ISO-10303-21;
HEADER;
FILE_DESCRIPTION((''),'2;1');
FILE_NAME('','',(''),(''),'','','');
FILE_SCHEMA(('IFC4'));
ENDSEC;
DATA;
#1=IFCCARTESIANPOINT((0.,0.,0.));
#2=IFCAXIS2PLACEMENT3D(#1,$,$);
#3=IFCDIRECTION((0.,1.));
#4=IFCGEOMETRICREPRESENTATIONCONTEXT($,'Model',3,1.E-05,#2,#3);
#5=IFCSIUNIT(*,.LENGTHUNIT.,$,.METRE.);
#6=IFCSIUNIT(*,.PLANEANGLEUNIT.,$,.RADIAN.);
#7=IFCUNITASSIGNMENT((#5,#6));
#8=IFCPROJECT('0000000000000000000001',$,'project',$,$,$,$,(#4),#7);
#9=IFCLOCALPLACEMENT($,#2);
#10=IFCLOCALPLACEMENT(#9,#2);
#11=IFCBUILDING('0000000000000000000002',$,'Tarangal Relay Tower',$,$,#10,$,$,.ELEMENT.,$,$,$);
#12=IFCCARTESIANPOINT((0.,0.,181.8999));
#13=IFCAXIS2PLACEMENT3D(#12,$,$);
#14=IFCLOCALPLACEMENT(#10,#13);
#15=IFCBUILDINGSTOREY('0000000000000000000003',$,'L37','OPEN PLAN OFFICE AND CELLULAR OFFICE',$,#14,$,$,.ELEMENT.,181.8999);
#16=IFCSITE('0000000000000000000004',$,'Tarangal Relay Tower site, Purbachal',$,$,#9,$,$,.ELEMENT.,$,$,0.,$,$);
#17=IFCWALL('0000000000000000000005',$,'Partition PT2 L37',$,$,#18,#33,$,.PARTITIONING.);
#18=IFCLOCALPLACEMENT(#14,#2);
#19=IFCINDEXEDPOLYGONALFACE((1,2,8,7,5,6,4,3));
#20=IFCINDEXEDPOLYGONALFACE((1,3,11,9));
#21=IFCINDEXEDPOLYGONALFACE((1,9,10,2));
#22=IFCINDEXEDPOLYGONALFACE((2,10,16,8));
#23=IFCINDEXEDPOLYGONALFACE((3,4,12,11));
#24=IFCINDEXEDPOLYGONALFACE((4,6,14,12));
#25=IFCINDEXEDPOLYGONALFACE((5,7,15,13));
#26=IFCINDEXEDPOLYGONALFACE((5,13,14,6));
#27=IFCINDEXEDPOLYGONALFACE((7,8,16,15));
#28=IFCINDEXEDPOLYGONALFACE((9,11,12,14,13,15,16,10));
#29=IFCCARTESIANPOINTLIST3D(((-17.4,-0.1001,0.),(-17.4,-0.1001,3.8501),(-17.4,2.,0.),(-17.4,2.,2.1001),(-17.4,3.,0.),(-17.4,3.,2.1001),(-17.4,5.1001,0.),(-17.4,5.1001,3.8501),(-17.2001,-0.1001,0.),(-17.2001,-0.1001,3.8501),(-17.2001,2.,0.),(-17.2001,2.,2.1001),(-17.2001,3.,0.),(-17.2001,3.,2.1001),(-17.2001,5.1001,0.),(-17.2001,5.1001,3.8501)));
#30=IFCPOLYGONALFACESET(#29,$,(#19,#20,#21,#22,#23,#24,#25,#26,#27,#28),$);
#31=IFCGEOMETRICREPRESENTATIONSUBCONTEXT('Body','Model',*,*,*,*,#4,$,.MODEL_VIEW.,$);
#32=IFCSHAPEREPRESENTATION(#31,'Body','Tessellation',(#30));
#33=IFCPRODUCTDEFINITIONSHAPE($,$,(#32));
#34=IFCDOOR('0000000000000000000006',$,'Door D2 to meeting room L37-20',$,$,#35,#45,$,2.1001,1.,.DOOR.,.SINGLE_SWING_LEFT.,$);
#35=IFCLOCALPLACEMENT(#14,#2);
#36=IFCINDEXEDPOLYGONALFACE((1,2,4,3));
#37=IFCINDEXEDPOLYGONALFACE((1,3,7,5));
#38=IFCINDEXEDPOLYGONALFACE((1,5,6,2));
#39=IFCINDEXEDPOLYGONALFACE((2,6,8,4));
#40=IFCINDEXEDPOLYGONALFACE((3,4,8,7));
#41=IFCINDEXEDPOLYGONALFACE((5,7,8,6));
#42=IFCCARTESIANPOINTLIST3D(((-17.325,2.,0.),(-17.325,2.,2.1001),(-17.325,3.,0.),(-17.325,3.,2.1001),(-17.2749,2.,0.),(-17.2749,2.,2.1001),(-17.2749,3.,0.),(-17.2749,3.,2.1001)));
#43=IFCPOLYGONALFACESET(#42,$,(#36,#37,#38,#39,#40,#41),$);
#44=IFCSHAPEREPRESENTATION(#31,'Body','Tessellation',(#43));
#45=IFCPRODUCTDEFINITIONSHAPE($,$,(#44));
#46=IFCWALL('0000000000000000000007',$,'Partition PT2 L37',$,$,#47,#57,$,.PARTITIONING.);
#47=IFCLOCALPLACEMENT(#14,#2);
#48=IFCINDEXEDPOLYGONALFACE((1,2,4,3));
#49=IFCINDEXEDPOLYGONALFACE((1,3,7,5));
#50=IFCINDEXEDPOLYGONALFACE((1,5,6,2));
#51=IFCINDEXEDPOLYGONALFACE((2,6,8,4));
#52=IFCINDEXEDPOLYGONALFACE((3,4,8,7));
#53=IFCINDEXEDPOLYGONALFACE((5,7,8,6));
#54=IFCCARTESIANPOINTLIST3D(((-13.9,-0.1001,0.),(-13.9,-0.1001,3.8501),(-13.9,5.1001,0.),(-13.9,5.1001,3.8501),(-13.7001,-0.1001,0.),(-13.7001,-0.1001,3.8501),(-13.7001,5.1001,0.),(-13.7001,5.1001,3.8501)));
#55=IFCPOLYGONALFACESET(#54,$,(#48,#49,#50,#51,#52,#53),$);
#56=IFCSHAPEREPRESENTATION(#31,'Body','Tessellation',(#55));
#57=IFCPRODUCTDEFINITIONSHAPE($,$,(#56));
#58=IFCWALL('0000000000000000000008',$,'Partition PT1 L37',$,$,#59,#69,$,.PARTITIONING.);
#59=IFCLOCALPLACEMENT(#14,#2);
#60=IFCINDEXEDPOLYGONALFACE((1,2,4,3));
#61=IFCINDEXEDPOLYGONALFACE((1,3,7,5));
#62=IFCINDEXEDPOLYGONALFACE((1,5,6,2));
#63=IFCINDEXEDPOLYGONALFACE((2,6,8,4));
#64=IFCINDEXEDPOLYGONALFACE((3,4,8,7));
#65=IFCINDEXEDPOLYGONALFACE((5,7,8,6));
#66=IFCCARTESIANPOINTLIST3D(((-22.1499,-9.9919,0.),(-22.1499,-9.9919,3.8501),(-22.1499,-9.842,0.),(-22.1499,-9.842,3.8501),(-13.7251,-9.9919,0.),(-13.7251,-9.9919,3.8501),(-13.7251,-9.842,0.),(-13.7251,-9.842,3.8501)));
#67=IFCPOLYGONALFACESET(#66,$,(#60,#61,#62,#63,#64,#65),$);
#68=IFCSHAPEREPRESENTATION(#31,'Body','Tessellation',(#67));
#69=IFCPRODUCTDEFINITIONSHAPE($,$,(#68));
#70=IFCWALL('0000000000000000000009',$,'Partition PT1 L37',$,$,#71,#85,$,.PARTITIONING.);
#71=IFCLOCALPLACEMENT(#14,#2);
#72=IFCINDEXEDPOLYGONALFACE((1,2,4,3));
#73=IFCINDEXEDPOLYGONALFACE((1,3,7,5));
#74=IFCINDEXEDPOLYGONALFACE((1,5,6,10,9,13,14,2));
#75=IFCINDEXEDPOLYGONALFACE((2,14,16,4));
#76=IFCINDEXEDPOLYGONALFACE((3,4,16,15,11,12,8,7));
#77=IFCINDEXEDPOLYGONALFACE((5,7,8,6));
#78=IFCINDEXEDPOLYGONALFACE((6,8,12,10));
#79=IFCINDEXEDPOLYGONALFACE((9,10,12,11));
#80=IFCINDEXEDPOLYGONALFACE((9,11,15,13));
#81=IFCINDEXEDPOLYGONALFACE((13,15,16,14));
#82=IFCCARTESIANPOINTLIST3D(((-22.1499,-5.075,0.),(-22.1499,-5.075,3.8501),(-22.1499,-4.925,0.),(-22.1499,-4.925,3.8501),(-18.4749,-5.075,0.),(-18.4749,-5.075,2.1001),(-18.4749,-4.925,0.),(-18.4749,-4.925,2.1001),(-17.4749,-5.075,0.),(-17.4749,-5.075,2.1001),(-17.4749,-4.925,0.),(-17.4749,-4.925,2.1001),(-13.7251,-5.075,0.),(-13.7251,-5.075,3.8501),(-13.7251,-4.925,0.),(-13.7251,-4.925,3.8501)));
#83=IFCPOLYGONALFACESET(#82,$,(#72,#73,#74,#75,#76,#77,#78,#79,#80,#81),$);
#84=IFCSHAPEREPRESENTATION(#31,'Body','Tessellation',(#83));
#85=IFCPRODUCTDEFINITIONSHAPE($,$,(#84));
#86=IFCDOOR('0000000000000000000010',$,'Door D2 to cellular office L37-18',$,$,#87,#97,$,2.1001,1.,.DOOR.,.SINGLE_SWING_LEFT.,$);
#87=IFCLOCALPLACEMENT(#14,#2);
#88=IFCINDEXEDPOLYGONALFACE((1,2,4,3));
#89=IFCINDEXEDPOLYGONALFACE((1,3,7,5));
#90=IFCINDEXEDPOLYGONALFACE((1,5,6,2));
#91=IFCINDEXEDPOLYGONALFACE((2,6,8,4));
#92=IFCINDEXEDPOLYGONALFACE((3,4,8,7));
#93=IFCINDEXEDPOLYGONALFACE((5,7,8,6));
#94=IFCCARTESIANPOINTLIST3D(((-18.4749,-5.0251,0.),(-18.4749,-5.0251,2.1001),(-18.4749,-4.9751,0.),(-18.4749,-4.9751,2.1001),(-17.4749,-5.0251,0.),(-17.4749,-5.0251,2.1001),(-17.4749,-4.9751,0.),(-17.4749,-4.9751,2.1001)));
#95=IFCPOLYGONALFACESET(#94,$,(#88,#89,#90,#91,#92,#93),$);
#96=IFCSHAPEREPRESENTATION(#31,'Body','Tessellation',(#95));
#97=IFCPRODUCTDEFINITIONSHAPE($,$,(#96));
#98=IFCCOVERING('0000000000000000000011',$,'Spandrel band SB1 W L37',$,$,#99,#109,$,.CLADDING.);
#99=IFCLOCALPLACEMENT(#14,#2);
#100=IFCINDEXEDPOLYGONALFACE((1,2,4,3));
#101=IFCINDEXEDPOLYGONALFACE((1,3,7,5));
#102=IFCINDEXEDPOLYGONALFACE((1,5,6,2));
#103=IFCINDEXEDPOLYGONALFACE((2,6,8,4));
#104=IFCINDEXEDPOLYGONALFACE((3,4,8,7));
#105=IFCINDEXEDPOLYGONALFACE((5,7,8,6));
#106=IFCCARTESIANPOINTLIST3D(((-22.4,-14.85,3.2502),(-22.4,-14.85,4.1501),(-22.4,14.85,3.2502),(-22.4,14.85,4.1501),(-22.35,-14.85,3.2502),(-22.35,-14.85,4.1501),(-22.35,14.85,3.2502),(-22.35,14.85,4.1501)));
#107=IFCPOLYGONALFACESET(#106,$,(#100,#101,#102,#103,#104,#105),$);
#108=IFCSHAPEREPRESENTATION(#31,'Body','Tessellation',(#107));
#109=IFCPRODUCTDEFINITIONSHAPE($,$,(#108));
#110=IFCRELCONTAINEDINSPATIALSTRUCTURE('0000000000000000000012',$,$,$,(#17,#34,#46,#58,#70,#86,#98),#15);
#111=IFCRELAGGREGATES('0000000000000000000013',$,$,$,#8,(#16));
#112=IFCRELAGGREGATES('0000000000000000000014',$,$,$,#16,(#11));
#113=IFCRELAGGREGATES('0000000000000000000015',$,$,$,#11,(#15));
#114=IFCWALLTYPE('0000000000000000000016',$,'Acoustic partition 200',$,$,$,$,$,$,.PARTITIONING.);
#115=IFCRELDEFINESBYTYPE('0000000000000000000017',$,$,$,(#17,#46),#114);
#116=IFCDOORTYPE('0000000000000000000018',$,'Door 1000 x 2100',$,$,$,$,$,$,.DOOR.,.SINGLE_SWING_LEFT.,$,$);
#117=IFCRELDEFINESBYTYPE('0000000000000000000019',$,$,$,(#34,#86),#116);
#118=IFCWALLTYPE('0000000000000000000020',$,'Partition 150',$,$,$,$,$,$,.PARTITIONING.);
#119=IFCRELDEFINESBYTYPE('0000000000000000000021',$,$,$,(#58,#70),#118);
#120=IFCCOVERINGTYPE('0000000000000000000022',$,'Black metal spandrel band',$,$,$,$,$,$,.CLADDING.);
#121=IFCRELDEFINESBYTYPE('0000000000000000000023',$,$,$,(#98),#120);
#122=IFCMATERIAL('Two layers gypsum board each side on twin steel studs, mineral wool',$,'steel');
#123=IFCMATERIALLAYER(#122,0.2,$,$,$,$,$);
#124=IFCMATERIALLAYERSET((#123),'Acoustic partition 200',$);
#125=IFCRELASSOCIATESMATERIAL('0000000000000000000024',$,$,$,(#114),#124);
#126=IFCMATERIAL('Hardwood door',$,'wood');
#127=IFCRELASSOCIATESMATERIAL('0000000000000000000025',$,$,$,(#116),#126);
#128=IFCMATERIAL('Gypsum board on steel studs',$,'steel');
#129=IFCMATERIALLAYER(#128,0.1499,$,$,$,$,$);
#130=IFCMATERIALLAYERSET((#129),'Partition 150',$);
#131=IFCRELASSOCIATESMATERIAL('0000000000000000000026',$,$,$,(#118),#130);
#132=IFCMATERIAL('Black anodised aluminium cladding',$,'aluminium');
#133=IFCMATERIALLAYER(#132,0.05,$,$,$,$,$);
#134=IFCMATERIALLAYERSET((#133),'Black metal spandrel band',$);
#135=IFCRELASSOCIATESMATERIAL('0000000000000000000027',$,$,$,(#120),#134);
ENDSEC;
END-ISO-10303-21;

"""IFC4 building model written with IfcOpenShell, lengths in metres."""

from ifc_helpers import new_model, si_unit, direction, frame, frame_2d, origin, origin_2d, place, context, subcontext, project, spatial, rectangle, extrude, material, layer, layer_set, type_object, element, fill, save


model = new_model("IFC4")

# Units and contexts
model_context = context("Model", 3, precision=1e-05, world=origin(), true_north=direction((0.0, 1.0)))
body_context = subcontext(model_context, "Body", "Model", "MODEL_VIEW")
ifc_project = project(units=[si_unit("LENGTHUNIT", "METRE"), si_unit("PLANEANGLEUNIT", "RADIAN")], contexts=[model_context])

# Site, building, storey
site_placement = place(None, origin())
site = spatial("IfcSite", under=ifc_project, at=site_placement, Name="Tarangal Relay Tower site, Purbachal", CompositionType="ELEMENT", RefElevation=0.0)
building_placement = place(site_placement, origin())
building = spatial("IfcBuilding", under=site, at=building_placement, Name="Tarangal Relay Tower", CompositionType="ELEMENT")
storey_placement = place(building_placement, frame((0.0, 0.0, 181.8999)))
storey = spatial("IfcBuildingStorey", under=building, at=storey_placement, Name="L37", Description="OPEN PLAN OFFICE AND CELLULAR OFFICE", CompositionType="ELEMENT", Elevation=181.8999)

# Shared definitions
ifc_material_1 = material(Name="Two layers gypsum board each side on twin steel studs, mineral wool", Category="steel")
ifc_layer_1 = layer(ifc_material_1, 0.2)
ifc_layer_set_1 = layer_set([ifc_layer_1], Name="Acoustic partition 200")
wall_type_1 = type_object("IfcWallType", Name="Acoustic partition 200", PredefinedType="PARTITIONING", material=ifc_layer_set_1)

# Wall, opening, door
wall_1_placement = place(storey_placement, frame((-17.3, -0.1001, 0.0), z_axis=(0.0, 0.0, 1.0), x_axis=(0.0, 1.0, 0.0)))
wall_1 = element("IfcWall", 1, at=wall_1_placement, inside=storey, type_object=wall_type_1, Name="Partition PT2 L37", PredefinedType="PARTITIONING", context=body_context, shape_type="SweptSolid", body=[
    extrude(rectangle(XDim=5.2002, YDim=0.2, at=frame_2d((2.6001, 0.0))), origin(), (0.0, 0.0, 1.0), 3.8501),
])
opening_1_placement = place(wall_1_placement, frame((2.1001, 0.0, 0.0)))
opening_1 = element("IfcOpeningElement", 2, at=opening_1_placement, cuts=wall_1, PredefinedType="OPENING", context=body_context, shape_type="SweptSolid", body=[
    extrude(rectangle(XDim=1.0, YDim=2.1001, at=frame_2d((0.5, 1.05))), frame((0.0, 0.1099, 0.0), z_axis=(0.0, -1.0, 0.0), x_axis=(1.0, 0.0, 0.0)), (0.0, 0.0, 1.0), 0.22),
])
ifc_material_2 = material(Name="Hardwood door", Category="wood")
door_type = type_object("IfcDoorType", Name="Door 1000 x 2100", OperationType="SINGLE_SWING_LEFT", PredefinedType="DOOR", material=ifc_material_2)
door_1_placement = place(opening_1_placement, origin())
door_1 = element("IfcDoor", 3, at=door_1_placement, inside=storey, type_object=door_type, Name="Door D2 to meeting room L37-20", OperationType="SINGLE_SWING_LEFT", OverallHeight=2.1001, OverallWidth=1.0, PredefinedType="DOOR", context=body_context, shape_type="SweptSolid", body=[
    extrude(rectangle(XDim=1.0, YDim=2.1001, at=frame_2d((0.5, 1.05))), frame((0.0, 0.0249, 0.0), z_axis=(0.0, -1.0, 0.0), x_axis=(1.0, 0.0, 0.0)), (0.0, 0.0, 1.0), 0.05),
])
fill(opening_1, door_1)

# Walls
wall_2_placement = place(storey_placement, frame((-13.8, -0.1001, 0.0), z_axis=(0.0, 0.0, 1.0), x_axis=(0.0, 1.0, 0.0)))
element("IfcWall", 4, at=wall_2_placement, inside=storey, type_object=wall_type_1, Name="Partition PT2 L37", PredefinedType="PARTITIONING", context=body_context, shape_type="SweptSolid", body=[
    extrude(rectangle(XDim=5.2002, YDim=0.2, at=frame_2d((2.6001, 0.0))), origin(), (0.0, 0.0, 1.0), 3.8501),
])
ifc_material_3 = material(Name="Gypsum board on steel studs", Category="steel")
ifc_layer_2 = layer(ifc_material_3, 0.1499)
ifc_layer_set_2 = layer_set([ifc_layer_2], Name="Partition 150")
wall_type_2 = type_object("IfcWallType", Name="Partition 150", PredefinedType="PARTITIONING", material=ifc_layer_set_2)
wall_3_placement = place(storey_placement, frame((-22.1499, -9.917, 0.0), z_axis=(0.0, 0.0, 1.0), x_axis=(1.0, 0.0, 0.0)))
element("IfcWall", 5, at=wall_3_placement, inside=storey, type_object=wall_type_2, Name="Partition PT1 L37", PredefinedType="PARTITIONING", context=body_context, shape_type="SweptSolid", body=[
    extrude(rectangle(XDim=8.4248, YDim=0.1499, at=frame_2d((4.2124, 0.0))), origin(), (0.0, 0.0, 1.0), 3.8501),
])

# Wall, opening, door
wall_4_placement = place(storey_placement, frame((-22.1499, -5.0, 0.0), z_axis=(0.0, 0.0, 1.0), x_axis=(1.0, 0.0, 0.0)))
wall_4 = element("IfcWall", 6, at=wall_4_placement, inside=storey, type_object=wall_type_2, Name="Partition PT1 L37", PredefinedType="PARTITIONING", context=body_context, shape_type="SweptSolid", body=[
    extrude(rectangle(XDim=8.4248, YDim=0.1499, at=frame_2d((4.2124, 0.0))), origin(), (0.0, 0.0, 1.0), 3.8501),
])
opening_2_placement = place(wall_4_placement, frame((3.675, 0.0, 0.0)))
opening_2 = element("IfcOpeningElement", 7, at=opening_2_placement, cuts=wall_4, PredefinedType="OPENING", context=body_context, shape_type="SweptSolid", body=[
    extrude(rectangle(XDim=1.0, YDim=2.1001, at=frame_2d((0.5, 1.05))), frame((0.0, 0.085, 0.0), z_axis=(0.0, -1.0, 0.0), x_axis=(1.0, 0.0, 0.0)), (0.0, 0.0, 1.0), 0.1699),
])
door_2_placement = place(opening_2_placement, origin())
door_2 = element("IfcDoor", 8, at=door_2_placement, inside=storey, type_object=door_type, Name="Door D2 to cellular office L37-18", OperationType="SINGLE_SWING_LEFT", OverallHeight=2.1001, OverallWidth=1.0, PredefinedType="DOOR", context=body_context, shape_type="SweptSolid", body=[
    extrude(rectangle(XDim=1.0, YDim=2.1001, at=frame_2d((0.5, 1.05))), frame((0.0, 0.0249, 0.0), z_axis=(0.0, -1.0, 0.0), x_axis=(1.0, 0.0, 0.0)), (0.0, 0.0, 1.0), 0.05),
])
fill(opening_2, door_2)

# Covering
ifc_material_4 = material(Name="Black anodised aluminium cladding", Category="aluminium")
ifc_layer_3 = layer(ifc_material_4, 0.05)
ifc_layer_set_3 = layer_set([ifc_layer_3], Name="Black metal spandrel band")
covering_type = type_object("IfcCoveringType", Name="Black metal spandrel band", PredefinedType="CLADDING", material=ifc_layer_set_3)
covering_placement = place(storey_placement, frame((-22.375, 0.0, 3.2502), z_axis=(0.0, 0.0, 1.0), x_axis=(0.0, 1.0, 0.0)))
element("IfcCovering", 9, at=covering_placement, inside=storey, type_object=covering_type, Name="Spandrel band SB1 W L37", PredefinedType="CLADDING", context=body_context, shape_type="SweptSolid", body=[
    extrude(rectangle(XDim=29.7, YDim=0.05, at=origin_2d()), origin(), (0.0, 0.0, 1.0), 0.8999),
])

save(model, "model.ifc")
